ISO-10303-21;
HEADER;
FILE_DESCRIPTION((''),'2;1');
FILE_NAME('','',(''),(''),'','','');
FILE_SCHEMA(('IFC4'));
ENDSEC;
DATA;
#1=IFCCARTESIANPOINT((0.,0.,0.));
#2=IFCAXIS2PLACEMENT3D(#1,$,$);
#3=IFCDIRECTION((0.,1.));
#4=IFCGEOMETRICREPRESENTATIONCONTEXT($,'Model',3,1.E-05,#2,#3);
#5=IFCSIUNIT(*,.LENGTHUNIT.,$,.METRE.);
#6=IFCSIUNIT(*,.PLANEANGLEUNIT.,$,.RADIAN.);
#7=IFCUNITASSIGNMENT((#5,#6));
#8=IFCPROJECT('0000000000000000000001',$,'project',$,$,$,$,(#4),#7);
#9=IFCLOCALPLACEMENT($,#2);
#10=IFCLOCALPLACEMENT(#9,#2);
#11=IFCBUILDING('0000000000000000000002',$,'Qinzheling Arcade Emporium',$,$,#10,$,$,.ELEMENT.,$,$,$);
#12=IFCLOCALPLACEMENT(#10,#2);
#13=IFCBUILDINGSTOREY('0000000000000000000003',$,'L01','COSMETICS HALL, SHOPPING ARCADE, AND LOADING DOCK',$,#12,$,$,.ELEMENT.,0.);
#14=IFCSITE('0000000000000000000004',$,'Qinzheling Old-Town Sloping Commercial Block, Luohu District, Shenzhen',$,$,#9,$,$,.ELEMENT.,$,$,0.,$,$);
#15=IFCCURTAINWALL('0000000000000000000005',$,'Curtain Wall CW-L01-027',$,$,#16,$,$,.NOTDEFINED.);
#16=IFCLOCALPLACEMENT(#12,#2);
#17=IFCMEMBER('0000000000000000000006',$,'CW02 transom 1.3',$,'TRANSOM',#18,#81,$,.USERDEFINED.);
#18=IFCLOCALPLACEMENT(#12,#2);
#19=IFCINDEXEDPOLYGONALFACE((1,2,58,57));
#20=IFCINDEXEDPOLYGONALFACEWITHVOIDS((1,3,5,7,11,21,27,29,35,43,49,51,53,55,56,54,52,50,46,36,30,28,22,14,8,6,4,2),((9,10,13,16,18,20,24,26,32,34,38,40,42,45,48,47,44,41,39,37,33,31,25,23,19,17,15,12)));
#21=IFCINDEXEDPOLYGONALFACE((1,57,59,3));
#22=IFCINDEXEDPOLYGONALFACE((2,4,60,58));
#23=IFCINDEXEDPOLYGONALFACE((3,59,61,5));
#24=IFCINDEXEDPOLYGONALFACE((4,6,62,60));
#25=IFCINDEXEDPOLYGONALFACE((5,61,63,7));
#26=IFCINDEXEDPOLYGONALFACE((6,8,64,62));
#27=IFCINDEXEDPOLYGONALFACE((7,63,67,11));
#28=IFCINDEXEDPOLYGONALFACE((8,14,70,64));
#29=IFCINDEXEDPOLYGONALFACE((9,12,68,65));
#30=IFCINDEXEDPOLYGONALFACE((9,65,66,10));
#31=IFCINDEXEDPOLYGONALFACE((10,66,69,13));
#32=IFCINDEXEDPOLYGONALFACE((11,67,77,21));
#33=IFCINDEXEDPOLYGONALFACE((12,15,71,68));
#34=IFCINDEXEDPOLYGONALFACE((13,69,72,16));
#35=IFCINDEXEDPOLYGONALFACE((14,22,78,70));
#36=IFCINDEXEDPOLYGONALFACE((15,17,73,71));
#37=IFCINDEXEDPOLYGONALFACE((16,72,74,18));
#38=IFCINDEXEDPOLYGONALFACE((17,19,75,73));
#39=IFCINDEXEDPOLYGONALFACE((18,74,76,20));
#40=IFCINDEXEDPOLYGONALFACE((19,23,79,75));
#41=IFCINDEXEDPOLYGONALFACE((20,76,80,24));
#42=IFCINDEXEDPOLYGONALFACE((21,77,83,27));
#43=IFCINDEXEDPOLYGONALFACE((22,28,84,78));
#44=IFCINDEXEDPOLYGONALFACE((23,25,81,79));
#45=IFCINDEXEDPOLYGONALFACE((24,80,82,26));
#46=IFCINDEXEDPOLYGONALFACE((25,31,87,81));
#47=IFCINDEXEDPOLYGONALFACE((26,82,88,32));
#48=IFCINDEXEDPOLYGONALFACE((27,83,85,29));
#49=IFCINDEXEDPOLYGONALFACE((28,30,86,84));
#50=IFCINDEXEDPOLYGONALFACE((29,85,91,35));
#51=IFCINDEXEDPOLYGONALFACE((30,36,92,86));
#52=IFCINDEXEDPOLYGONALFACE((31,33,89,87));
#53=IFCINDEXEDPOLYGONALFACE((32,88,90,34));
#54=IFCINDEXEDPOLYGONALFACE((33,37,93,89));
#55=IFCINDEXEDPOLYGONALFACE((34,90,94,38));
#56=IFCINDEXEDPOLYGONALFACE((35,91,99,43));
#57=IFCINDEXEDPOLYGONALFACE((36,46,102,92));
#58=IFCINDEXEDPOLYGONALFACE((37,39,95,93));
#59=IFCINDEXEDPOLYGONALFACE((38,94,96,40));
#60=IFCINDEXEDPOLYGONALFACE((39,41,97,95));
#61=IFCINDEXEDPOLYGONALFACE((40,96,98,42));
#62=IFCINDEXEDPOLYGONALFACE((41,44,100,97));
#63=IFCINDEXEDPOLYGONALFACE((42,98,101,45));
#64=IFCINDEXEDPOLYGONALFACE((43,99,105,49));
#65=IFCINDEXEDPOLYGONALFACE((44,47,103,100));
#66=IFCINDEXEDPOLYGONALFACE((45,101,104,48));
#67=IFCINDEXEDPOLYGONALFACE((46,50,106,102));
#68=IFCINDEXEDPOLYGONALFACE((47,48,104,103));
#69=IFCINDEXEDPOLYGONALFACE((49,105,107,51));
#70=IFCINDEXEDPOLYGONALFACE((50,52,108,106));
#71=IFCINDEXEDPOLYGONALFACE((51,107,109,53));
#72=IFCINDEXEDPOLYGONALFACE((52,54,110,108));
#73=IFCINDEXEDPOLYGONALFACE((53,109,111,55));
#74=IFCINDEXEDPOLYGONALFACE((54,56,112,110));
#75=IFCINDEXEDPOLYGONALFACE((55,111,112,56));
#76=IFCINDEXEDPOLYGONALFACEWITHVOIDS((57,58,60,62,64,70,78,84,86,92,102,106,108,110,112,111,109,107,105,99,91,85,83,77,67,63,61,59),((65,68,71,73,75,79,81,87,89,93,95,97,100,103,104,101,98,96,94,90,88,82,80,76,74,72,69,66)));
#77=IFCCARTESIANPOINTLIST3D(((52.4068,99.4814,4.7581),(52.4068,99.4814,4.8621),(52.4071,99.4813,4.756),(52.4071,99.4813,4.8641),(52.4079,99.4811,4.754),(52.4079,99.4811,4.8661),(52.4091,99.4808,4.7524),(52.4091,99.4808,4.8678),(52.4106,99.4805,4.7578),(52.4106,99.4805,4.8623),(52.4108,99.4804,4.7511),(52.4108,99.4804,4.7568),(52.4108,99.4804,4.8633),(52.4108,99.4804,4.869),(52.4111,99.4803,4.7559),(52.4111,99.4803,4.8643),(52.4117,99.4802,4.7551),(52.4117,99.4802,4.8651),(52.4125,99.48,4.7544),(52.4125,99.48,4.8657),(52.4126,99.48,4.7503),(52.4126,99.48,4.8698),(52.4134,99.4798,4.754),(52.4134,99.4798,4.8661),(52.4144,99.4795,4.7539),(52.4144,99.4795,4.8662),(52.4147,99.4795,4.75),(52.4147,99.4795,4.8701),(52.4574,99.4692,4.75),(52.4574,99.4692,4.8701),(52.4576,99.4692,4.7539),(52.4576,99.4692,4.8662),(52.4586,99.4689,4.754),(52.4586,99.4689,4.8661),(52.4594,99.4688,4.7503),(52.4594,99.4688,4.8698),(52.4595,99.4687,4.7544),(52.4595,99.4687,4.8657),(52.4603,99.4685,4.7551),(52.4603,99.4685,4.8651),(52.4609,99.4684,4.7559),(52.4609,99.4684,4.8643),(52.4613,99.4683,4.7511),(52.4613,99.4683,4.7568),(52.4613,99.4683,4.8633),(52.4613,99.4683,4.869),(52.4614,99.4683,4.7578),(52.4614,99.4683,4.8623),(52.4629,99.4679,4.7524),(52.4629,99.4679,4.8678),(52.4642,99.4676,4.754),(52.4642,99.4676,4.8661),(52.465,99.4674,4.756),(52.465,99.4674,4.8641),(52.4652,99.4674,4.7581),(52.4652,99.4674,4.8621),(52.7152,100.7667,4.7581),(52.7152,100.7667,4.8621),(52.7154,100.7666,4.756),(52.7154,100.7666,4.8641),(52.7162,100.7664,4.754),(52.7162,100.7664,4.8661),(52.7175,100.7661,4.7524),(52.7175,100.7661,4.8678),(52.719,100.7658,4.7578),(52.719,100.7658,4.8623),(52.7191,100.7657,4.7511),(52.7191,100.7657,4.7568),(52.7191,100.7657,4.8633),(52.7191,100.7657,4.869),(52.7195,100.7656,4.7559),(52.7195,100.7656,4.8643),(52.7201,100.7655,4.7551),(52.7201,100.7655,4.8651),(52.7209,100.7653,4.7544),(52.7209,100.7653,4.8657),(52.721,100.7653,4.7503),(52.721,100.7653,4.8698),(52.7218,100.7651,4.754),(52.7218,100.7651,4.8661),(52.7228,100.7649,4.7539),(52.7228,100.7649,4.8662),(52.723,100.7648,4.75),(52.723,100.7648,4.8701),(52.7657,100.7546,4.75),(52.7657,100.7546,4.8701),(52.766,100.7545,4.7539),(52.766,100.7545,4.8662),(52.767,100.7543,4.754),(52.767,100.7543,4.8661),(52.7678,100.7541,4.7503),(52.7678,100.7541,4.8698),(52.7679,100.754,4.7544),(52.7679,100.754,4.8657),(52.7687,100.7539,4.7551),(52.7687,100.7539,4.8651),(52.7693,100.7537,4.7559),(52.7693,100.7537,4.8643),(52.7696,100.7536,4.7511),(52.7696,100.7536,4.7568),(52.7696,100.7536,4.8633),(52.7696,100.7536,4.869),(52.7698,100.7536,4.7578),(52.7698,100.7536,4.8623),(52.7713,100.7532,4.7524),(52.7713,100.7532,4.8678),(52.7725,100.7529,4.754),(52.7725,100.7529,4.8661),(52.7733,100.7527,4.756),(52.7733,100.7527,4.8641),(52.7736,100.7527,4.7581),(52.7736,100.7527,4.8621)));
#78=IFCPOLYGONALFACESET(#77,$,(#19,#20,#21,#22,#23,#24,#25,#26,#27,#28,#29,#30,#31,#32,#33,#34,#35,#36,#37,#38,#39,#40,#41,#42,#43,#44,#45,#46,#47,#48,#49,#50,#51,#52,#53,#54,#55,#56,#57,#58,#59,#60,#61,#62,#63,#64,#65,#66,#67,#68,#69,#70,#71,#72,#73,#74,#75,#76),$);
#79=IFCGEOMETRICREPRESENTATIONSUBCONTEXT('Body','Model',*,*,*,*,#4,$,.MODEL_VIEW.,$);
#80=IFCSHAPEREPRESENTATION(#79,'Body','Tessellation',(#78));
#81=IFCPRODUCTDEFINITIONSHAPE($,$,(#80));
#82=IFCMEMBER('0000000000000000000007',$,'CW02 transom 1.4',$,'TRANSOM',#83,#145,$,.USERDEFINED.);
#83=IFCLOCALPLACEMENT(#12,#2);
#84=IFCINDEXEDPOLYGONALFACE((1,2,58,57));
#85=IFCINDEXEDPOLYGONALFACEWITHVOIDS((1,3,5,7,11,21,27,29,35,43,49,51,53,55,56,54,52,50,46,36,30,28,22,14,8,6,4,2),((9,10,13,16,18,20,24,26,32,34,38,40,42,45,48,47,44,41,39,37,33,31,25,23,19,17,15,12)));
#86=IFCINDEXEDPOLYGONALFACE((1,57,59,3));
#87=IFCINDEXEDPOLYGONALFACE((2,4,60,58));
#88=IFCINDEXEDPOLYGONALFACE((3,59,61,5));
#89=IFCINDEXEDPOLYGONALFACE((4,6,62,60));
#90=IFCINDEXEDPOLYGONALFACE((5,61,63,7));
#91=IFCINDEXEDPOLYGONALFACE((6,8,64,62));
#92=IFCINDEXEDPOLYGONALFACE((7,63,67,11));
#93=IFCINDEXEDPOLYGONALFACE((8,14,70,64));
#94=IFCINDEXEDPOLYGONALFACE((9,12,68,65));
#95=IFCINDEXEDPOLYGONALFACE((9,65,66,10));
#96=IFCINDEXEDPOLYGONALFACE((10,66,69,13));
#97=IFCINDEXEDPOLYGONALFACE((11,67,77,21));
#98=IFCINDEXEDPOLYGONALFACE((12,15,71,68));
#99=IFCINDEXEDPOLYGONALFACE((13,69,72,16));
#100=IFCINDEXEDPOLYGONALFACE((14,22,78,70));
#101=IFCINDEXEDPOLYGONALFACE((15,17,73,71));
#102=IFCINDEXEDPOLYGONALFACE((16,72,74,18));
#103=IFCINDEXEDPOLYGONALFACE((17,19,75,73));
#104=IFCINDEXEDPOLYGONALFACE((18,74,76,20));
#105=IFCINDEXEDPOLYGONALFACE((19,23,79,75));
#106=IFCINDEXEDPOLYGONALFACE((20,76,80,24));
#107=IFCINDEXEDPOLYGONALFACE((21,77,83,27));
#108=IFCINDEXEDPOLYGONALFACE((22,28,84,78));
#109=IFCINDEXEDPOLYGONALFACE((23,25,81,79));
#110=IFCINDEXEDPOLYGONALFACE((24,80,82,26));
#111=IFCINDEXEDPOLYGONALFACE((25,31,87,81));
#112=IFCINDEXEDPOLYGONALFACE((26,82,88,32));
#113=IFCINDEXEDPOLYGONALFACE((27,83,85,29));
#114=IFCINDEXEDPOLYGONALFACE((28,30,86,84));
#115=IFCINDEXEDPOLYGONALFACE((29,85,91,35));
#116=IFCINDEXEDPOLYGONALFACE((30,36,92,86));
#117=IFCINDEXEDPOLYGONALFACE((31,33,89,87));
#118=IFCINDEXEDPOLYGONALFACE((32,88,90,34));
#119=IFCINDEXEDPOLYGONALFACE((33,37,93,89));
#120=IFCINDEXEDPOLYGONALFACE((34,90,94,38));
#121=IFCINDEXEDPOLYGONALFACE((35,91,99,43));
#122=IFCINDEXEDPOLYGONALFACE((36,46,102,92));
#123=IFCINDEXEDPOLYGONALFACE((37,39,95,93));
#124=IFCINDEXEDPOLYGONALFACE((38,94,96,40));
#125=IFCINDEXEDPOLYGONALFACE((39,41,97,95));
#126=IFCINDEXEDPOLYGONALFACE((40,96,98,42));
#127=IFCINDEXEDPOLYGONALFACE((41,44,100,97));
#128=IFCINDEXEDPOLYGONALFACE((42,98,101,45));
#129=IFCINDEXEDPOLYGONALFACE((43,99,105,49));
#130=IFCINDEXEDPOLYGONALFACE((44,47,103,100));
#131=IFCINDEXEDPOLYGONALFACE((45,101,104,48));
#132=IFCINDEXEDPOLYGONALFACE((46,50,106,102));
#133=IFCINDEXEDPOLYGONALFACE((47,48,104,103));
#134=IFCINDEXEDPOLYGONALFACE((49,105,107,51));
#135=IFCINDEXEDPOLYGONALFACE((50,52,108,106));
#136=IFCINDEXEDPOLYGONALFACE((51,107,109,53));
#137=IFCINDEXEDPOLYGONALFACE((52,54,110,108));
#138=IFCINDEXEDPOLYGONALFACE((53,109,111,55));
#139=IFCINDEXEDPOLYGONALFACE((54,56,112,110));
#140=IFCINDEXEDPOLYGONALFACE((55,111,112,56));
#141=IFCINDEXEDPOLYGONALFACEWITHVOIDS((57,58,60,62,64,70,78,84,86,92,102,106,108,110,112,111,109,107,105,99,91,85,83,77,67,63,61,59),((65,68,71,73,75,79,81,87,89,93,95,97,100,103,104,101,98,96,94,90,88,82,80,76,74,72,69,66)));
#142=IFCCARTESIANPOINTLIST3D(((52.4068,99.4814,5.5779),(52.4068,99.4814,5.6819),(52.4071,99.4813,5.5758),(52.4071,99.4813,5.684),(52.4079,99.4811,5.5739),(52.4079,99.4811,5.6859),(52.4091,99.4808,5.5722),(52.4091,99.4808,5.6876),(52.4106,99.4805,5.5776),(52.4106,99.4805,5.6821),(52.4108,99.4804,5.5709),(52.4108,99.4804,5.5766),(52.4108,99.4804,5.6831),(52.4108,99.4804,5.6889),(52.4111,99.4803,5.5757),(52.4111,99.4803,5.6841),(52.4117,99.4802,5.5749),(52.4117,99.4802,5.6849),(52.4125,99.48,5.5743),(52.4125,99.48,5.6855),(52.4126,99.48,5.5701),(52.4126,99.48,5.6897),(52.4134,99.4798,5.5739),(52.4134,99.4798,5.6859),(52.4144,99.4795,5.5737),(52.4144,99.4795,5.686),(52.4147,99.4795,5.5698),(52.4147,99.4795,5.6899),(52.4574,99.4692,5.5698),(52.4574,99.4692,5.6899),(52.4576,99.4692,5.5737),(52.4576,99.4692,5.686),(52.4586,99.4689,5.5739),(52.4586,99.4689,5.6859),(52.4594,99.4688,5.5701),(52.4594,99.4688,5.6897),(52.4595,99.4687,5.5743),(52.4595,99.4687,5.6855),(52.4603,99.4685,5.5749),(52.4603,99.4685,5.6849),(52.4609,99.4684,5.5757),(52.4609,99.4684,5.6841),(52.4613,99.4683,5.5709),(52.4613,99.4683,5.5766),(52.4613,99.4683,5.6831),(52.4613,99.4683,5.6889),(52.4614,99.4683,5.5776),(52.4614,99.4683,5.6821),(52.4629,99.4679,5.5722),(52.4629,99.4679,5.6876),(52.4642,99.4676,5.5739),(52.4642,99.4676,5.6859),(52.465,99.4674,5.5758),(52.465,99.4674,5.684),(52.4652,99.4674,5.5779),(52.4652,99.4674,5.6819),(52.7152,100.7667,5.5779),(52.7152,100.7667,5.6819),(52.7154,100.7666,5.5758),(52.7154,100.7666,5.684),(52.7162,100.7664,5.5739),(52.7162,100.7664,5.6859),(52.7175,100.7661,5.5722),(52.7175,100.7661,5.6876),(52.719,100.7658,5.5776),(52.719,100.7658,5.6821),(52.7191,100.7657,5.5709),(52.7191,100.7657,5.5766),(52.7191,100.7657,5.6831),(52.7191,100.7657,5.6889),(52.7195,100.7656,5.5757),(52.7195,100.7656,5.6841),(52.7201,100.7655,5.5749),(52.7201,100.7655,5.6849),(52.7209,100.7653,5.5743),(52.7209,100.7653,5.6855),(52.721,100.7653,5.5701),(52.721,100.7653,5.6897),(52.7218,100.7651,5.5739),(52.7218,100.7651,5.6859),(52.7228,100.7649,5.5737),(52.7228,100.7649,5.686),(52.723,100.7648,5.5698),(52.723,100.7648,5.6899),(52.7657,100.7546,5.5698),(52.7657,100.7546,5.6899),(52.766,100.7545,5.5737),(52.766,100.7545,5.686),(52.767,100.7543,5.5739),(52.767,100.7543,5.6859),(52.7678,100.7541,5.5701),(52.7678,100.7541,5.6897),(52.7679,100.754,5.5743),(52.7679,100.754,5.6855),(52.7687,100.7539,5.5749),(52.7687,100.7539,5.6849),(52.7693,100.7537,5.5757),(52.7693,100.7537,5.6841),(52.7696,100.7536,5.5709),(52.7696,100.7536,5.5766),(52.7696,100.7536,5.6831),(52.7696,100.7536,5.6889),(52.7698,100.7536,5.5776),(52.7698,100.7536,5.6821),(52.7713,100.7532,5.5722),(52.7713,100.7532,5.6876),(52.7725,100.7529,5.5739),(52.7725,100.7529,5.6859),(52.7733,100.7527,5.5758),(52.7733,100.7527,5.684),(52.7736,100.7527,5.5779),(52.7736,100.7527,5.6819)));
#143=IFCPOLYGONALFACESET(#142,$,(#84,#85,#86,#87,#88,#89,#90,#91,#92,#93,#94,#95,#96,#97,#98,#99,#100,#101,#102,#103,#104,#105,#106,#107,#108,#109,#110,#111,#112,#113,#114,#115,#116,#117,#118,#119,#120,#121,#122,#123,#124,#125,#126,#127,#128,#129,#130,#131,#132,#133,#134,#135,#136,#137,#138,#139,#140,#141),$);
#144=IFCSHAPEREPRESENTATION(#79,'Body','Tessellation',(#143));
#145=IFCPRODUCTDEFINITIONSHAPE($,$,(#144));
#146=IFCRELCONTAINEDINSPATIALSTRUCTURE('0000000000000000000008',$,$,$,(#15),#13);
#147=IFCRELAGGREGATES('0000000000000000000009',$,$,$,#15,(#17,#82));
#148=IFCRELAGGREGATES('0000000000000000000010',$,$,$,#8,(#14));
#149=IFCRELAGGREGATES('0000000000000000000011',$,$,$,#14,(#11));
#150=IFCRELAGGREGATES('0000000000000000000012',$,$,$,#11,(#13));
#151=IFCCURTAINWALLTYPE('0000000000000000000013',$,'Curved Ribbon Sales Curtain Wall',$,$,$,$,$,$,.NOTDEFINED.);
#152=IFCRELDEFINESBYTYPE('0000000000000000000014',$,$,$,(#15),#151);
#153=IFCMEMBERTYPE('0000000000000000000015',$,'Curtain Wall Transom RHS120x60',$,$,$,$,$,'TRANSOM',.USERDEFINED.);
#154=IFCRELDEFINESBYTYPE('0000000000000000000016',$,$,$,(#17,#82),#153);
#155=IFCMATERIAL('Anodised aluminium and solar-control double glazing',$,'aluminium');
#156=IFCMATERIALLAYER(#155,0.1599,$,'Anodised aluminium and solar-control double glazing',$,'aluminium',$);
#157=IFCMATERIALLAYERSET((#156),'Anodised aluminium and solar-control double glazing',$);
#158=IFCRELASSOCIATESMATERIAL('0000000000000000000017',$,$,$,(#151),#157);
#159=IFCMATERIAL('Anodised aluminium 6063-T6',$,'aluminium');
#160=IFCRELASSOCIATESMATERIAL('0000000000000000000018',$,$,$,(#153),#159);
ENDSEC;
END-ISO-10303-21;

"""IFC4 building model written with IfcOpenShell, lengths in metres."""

from ifc_helpers import new_model, si_unit, direction, frame, origin, origin_2d, place, context, subcontext, project, spatial, hollow_rectangle, extrude, material, layer, layer_set, material_profile, profile_set, type_object, element, aggregate, save


model = new_model("IFC4")

# Units and contexts
model_context = context("Model", 3, precision=1e-05, world=origin(), true_north=direction((0.0, 1.0)))
body_context = subcontext(model_context, "Body", "Model", "MODEL_VIEW")
ifc_project = project(units=[si_unit("LENGTHUNIT", "METRE"), si_unit("PLANEANGLEUNIT", "RADIAN")], contexts=[model_context])

# Site, building, storey
site_placement = place(None, origin())
site = spatial("IfcSite", under=ifc_project, at=site_placement, Name="Qinzheling Old-Town Sloping Commercial Block, Luohu District, Shenzhen", CompositionType="ELEMENT", RefElevation=0.0)
building_placement = place(site_placement, origin())
building = spatial("IfcBuilding", under=site, at=building_placement, Name="Qinzheling Arcade Emporium", CompositionType="ELEMENT")
storey_placement = place(building_placement, origin())
storey = spatial("IfcBuildingStorey", under=building, at=storey_placement, Name="L01", Description="COSMETICS HALL, SHOPPING ARCADE, AND LOADING DOCK", CompositionType="ELEMENT", Elevation=0.0)

# Curtain wall, members
ifc_material_1 = material(Name="Anodised aluminium and solar-control double glazing", Category="aluminium")
ifc_layer_1 = layer(ifc_material_1, 0.1599, Name="Anodised aluminium and solar-control double glazing", Category="aluminium")
ifc_layer_set_1 = layer_set([ifc_layer_1], Name="Anodised aluminium and solar-control double glazing")
curtain_wall_type = type_object("IfcCurtainWallType", Name="Curved Ribbon Sales Curtain Wall", PredefinedType="NOTDEFINED", material=ifc_layer_set_1)
curtain_wall_placement = place(storey_placement, origin())
curtain_wall = element("IfcCurtainWall", 1, at=curtain_wall_placement, inside=storey, type_object=curtain_wall_type, Name="Curtain Wall CW-L01-027", PredefinedType="NOTDEFINED")
ifc_material_2 = material(Name="Anodised aluminium 6063-T6", Category="aluminium")
ifc_material_profile_1 = material_profile(ifc_material_2, hollow_rectangle(XDim=0.0601, YDim=0.1201, WallThickness=0.0039, InnerFilletRadius=0.0039, OuterFilletRadius=0.0081, at=origin_2d()), Name="RHS 120x60x4", Category="aluminium")
ifc_profile_set_1 = profile_set([ifc_material_profile_1], Name="Anodised aluminium 6063-T6")
member_type_1 = type_object("IfcMemberType", Name="Curtain Wall Transom RHS120x60", ElementType="TRANSOM", PredefinedType="USERDEFINED", material=ifc_profile_set_1)
member_1_placement = place(storey_placement, frame((52.436, 99.4744, 4.8101), z_axis=(0.233268, 0.972412, 0.0), x_axis=(-0.972412, 0.233268, 0.0)))
member_1 = element("IfcMember", 2, at=member_1_placement, type_object=member_type_1, Name="CW02 transom 1.3", ObjectType="TRANSOM", PredefinedType="USERDEFINED", context=body_context, shape_type="SweptSolid", body=[
    extrude(hollow_rectangle(XDim=0.0601, YDim=0.1201, WallThickness=0.0039, InnerFilletRadius=0.0039, OuterFilletRadius=0.0081, at=origin_2d()), origin(), (0.0, 0.0, 1.0), 1.3218),
])
member_2_placement = place(storey_placement, frame((52.436, 99.4744, 5.6299), z_axis=(0.233268, 0.972412, 0.0), x_axis=(-0.972412, 0.233268, 0.0)))
member_2 = element("IfcMember", 3, at=member_2_placement, type_object=member_type_1, Name="CW02 transom 1.4", ObjectType="TRANSOM", PredefinedType="USERDEFINED", context=body_context, shape_type="SweptSolid", body=[
    extrude(hollow_rectangle(XDim=0.0601, YDim=0.1201, WallThickness=0.0039, InnerFilletRadius=0.0039, OuterFilletRadius=0.0081, at=origin_2d()), origin(), (0.0, 0.0, 1.0), 1.3218),
])

aggregate(curtain_wall, [member_1, member_2])

save(model, "model.ifc")
